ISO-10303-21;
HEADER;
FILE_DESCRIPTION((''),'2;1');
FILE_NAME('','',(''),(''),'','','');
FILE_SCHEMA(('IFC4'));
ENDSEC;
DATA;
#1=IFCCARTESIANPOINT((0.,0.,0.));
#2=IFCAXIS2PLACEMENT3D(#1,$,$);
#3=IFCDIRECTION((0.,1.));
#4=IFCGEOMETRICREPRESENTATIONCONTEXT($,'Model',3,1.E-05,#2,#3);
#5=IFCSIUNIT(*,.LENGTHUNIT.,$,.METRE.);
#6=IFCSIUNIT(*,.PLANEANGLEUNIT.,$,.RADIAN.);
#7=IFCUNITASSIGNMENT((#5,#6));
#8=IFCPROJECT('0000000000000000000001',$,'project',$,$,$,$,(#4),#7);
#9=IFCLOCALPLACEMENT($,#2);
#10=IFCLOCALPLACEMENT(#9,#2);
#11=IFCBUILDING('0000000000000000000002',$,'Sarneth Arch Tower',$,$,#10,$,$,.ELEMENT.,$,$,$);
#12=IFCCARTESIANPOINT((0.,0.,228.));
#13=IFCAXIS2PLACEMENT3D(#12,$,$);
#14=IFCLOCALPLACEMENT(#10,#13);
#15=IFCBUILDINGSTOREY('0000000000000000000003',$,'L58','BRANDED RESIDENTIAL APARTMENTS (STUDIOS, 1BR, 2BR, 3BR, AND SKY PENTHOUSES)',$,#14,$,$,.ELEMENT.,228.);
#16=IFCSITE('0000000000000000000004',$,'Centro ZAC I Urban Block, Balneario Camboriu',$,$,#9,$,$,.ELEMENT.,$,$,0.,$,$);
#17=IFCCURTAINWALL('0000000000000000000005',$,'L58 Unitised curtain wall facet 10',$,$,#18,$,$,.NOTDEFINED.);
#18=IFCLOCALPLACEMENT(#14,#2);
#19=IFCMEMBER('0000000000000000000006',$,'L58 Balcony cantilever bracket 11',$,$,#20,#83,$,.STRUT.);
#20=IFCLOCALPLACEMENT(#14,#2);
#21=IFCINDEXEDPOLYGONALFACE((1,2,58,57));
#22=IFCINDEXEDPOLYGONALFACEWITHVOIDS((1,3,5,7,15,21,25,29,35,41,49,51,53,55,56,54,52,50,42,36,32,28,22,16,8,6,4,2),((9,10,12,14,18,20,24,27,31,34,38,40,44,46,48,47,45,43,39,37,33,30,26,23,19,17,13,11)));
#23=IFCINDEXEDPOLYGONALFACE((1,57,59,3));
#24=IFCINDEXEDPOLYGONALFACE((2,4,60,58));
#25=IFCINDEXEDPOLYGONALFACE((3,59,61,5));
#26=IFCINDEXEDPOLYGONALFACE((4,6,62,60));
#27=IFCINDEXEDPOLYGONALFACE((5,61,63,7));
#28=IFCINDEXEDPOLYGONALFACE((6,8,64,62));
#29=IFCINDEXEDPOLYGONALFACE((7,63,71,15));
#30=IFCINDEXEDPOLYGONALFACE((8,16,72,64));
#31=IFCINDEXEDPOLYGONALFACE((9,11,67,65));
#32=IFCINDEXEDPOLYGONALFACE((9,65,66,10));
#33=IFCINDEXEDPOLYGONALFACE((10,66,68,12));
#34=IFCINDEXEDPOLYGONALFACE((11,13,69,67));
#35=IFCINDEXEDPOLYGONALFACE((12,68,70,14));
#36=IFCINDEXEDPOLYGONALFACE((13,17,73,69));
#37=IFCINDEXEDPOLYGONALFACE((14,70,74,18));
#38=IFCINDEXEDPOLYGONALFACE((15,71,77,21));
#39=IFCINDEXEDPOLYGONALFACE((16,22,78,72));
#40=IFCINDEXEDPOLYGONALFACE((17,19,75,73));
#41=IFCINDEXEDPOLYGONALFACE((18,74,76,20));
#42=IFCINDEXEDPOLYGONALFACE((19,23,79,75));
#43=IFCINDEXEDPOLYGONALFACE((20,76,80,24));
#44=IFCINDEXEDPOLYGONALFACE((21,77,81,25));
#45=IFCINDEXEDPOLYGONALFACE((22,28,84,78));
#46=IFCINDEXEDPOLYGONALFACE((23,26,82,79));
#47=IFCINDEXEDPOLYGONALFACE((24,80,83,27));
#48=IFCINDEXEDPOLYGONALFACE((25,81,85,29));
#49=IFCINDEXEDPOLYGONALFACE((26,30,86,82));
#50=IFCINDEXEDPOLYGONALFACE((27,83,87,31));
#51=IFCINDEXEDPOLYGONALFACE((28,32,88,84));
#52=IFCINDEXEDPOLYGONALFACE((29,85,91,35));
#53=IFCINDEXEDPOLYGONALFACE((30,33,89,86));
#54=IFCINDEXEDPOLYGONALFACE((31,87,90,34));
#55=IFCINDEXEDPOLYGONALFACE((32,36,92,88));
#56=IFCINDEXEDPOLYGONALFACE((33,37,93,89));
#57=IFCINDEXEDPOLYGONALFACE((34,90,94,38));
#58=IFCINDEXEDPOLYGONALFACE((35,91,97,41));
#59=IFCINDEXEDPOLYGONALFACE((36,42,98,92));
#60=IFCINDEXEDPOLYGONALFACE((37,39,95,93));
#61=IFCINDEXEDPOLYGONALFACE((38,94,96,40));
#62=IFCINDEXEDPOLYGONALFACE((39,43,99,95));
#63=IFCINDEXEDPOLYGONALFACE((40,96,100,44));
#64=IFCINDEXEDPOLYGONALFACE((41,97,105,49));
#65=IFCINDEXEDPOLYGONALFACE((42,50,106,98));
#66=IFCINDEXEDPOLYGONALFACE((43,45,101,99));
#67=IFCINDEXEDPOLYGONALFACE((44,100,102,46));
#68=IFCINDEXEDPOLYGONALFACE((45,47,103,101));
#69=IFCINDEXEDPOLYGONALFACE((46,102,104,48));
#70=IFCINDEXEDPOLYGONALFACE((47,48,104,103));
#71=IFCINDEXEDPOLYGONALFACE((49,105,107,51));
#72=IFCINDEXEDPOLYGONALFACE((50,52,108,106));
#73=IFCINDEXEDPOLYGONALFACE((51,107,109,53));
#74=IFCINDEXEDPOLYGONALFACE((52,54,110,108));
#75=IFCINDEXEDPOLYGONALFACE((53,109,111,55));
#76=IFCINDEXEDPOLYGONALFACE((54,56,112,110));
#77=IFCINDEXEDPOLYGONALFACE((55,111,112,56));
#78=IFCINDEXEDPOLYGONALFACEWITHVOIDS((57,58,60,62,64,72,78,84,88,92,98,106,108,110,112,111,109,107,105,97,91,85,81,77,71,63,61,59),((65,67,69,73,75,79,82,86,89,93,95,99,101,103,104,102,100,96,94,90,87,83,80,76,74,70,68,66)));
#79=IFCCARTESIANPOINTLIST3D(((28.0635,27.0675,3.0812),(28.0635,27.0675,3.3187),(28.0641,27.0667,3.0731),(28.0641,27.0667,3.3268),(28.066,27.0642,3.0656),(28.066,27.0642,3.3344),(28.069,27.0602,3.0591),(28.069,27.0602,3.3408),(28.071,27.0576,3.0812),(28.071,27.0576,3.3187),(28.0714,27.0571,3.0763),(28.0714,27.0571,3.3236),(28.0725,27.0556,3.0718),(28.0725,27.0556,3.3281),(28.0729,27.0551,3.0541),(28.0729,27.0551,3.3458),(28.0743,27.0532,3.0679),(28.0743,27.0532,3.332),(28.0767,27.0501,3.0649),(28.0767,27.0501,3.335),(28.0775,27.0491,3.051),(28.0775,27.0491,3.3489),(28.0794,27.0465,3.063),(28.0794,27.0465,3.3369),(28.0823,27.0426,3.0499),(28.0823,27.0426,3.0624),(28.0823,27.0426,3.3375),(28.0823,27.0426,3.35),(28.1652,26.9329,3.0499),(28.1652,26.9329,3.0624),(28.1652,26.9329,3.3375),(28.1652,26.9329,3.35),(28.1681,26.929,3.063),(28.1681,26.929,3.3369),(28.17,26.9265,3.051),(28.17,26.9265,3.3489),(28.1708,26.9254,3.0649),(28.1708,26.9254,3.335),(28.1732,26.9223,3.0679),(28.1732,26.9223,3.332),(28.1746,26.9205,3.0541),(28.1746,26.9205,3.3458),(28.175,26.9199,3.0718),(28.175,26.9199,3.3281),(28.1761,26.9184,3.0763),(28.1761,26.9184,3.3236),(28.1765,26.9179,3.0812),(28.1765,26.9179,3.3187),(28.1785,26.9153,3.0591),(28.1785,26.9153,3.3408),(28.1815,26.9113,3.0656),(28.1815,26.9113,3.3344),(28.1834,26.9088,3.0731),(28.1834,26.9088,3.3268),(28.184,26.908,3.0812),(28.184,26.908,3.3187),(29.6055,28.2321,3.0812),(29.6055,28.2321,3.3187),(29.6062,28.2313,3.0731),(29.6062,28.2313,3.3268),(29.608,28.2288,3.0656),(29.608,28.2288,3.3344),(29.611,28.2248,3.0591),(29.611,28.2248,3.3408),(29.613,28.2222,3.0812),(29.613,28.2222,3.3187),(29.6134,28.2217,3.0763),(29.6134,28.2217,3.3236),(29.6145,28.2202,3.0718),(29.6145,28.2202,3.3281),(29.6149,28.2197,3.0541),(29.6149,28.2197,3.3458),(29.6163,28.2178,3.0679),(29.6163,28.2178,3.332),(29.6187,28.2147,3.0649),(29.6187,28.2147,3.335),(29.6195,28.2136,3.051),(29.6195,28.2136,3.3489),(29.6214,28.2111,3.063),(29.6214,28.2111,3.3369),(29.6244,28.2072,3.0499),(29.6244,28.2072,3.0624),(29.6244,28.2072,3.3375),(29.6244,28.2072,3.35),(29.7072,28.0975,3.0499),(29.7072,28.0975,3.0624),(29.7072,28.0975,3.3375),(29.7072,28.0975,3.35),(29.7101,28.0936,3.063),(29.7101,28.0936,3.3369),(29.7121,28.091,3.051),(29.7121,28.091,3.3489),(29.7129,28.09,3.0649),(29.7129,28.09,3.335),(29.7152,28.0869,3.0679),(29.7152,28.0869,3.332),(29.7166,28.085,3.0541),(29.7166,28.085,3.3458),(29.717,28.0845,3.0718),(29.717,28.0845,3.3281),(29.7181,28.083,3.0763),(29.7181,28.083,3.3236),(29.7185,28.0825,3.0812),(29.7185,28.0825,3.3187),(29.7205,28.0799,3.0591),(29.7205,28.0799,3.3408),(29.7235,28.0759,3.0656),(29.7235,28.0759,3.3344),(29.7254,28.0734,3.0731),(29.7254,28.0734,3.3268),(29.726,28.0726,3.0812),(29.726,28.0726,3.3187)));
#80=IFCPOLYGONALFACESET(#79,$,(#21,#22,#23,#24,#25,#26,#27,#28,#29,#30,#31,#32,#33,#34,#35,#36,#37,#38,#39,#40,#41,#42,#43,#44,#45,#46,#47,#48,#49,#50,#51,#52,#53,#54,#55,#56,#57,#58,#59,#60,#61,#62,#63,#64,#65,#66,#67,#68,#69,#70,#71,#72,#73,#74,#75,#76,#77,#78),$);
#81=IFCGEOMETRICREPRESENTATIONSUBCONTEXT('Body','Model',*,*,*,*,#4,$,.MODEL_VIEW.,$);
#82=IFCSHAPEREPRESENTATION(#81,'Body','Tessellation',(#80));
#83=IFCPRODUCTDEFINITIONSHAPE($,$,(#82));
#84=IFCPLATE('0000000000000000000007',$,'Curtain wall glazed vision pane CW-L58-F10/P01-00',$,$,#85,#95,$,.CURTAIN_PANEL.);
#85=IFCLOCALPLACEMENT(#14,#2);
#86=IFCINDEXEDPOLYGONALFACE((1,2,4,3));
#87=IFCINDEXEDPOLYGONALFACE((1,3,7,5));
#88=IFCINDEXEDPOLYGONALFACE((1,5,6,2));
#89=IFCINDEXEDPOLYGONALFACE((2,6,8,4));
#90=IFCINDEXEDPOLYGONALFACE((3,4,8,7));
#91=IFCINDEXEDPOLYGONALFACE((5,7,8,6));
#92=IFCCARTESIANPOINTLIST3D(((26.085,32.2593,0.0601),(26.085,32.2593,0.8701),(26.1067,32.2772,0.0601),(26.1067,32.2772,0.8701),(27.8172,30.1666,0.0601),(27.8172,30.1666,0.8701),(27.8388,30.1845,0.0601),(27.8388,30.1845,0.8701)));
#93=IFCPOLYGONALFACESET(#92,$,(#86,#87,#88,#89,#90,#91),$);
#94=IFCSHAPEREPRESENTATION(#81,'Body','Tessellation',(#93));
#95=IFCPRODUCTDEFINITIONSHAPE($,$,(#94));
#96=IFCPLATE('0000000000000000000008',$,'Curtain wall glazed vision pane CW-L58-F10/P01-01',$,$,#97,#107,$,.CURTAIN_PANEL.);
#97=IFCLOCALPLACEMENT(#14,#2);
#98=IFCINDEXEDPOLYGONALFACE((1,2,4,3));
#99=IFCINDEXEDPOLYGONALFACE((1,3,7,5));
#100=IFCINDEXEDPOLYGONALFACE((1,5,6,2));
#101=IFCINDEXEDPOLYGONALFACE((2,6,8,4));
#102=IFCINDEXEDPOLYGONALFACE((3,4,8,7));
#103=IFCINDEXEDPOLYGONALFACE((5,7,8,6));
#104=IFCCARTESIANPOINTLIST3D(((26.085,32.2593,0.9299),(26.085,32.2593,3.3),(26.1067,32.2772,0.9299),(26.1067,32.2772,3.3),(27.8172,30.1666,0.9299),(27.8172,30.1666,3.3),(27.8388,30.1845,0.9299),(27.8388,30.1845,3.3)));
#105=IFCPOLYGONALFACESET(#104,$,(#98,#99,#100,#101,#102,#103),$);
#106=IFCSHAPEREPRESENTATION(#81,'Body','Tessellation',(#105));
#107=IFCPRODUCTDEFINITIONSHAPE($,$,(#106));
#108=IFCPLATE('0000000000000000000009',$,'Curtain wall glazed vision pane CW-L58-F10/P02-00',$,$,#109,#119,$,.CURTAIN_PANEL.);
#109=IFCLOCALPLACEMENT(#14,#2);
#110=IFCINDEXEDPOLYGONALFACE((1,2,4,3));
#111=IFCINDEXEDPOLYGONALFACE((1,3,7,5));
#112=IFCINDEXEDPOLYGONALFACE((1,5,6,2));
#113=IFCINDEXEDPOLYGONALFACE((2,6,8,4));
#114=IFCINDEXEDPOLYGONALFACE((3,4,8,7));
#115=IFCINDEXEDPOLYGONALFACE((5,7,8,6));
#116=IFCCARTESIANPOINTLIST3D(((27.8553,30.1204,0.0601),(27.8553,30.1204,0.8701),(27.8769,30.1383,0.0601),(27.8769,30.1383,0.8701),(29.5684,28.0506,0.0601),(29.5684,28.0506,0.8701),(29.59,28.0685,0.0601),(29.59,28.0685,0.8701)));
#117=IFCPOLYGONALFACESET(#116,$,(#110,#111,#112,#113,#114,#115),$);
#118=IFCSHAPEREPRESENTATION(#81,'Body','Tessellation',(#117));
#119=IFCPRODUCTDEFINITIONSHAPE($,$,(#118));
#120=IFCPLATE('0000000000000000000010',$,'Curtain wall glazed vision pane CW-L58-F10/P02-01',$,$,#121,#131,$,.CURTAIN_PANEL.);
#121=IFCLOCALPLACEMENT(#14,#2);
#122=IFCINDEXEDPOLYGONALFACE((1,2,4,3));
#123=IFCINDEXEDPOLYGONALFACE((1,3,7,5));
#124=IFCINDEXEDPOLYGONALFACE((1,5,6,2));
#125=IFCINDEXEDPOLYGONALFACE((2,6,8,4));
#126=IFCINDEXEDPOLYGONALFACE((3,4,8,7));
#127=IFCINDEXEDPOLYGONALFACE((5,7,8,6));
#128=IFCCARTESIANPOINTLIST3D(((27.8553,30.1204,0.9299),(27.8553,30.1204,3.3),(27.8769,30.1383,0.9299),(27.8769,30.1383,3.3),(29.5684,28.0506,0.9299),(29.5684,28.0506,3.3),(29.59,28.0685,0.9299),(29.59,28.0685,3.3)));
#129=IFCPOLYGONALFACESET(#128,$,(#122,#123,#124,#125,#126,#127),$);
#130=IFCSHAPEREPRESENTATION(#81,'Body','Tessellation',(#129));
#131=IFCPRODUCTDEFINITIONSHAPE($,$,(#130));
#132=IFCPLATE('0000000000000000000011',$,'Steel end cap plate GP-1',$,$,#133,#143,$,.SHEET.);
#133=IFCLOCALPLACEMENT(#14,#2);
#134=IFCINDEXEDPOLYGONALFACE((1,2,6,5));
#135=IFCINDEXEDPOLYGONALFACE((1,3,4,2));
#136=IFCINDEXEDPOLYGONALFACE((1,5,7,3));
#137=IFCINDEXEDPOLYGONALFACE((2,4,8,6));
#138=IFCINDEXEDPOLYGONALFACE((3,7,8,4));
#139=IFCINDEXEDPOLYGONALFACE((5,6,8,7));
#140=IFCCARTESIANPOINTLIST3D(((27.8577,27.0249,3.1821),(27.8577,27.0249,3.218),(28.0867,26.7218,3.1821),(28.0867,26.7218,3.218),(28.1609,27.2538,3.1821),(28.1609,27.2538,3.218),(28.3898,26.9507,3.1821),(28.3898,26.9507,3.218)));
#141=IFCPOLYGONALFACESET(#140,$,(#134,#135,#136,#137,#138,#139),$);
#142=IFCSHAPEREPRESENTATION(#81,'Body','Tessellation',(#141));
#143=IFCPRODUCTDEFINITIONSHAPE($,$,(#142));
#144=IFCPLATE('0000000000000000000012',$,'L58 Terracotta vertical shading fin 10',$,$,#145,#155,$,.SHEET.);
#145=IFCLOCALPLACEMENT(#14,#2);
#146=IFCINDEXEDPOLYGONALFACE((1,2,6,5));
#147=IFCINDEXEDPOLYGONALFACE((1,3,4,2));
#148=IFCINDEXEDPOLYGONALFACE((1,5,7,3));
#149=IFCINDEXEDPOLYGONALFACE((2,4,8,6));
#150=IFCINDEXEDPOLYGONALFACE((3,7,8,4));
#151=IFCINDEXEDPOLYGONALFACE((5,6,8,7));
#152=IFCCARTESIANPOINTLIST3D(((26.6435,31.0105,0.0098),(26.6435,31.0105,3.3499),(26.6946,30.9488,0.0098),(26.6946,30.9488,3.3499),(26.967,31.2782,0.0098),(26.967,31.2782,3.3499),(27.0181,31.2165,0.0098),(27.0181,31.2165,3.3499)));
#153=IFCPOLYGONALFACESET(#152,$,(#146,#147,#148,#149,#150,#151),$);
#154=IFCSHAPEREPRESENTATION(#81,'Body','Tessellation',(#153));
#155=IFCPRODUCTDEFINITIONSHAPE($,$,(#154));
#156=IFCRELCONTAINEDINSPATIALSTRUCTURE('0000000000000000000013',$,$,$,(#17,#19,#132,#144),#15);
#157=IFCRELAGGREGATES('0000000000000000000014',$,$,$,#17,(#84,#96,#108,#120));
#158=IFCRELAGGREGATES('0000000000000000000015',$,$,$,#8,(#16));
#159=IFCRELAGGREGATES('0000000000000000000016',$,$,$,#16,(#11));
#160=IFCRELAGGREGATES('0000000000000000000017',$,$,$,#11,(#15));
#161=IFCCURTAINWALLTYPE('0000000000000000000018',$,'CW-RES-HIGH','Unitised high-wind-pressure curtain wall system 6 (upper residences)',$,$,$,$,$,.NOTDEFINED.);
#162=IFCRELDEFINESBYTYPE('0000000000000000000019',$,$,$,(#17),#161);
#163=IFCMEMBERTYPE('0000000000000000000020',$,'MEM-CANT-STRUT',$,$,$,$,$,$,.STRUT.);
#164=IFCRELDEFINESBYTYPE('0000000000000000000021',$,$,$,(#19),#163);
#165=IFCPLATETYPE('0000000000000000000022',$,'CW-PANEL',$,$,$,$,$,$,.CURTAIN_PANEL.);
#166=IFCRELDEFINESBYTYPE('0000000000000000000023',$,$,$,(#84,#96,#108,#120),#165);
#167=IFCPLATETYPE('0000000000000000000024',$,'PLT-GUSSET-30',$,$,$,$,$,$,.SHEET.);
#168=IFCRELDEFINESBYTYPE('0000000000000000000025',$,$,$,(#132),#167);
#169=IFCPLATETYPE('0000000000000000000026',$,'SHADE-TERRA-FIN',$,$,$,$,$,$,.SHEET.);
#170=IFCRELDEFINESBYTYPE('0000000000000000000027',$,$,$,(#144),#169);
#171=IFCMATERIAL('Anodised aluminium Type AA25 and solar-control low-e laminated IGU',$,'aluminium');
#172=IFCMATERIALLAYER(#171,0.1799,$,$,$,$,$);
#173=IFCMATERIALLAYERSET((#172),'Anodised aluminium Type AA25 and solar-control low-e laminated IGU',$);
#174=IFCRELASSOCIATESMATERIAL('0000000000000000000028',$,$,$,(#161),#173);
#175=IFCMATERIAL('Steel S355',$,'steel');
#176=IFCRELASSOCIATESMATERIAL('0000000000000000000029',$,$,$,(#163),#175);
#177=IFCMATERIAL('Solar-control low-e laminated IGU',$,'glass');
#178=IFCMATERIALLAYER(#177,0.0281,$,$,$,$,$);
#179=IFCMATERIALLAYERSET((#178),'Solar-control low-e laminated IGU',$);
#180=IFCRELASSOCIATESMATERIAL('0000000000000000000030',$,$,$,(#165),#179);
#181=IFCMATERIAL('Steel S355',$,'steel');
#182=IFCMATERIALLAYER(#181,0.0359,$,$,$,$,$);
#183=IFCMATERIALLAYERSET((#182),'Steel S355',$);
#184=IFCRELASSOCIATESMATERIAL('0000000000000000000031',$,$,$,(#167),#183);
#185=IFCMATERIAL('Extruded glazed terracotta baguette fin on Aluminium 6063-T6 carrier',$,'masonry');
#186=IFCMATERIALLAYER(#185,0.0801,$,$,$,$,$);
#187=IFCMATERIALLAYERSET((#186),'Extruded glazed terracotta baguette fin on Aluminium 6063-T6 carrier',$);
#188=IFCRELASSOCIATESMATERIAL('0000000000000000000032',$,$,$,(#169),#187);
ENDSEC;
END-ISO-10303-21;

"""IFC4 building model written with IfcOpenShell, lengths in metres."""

from ifc_helpers import new_model, si_unit, direction, frame, origin, origin_2d, place, context, subcontext, project, spatial, rectangle, hollow_rectangle, extrude, material, layer, layer_set, material_profile, profile_set, type_object, element, aggregate, save


model = new_model("IFC4")

# Units and contexts
model_context = context("Model", 3, precision=1e-05, world=origin(), true_north=direction((0.0, 1.0)))
body_context = subcontext(model_context, "Body", "Model", "MODEL_VIEW")
ifc_project = project(units=[si_unit("LENGTHUNIT", "METRE"), si_unit("PLANEANGLEUNIT", "RADIAN")], contexts=[model_context])

# Site, building, storey
site_placement = place(None, origin())
site = spatial("IfcSite", under=ifc_project, at=site_placement, Name="Centro ZAC I Urban Block, Balneario Camboriu", CompositionType="ELEMENT", RefElevation=0.0)
building_placement = place(site_placement, origin())
building = spatial("IfcBuilding", under=site, at=building_placement, Name="Sarneth Arch Tower", CompositionType="ELEMENT")
storey_placement = place(building_placement, frame((0.0, 0.0, 228.0)))
storey = spatial("IfcBuildingStorey", under=building, at=storey_placement, Name="L58", Description="BRANDED RESIDENTIAL APARTMENTS (STUDIOS, 1BR, 2BR, 3BR, AND SKY PENTHOUSES)", CompositionType="ELEMENT", Elevation=228.0)

# Curtain wall
ifc_material_1 = material(Name="Anodised aluminium Type AA25 and solar-control low-e laminated IGU", Category="aluminium")
ifc_layer_1 = layer(ifc_material_1, 0.1799)
ifc_layer_set_1 = layer_set([ifc_layer_1], Name="Anodised aluminium Type AA25 and solar-control low-e laminated IGU")
curtain_wall_type = type_object("IfcCurtainWallType", Name="CW-RES-HIGH", Description="Unitised high-wind-pressure curtain wall system 6 (upper residences)", PredefinedType="NOTDEFINED", material=ifc_layer_set_1)
curtain_wall_placement = place(storey_placement, origin())
curtain_wall = element("IfcCurtainWall", 1, at=curtain_wall_placement, inside=storey, type_object=curtain_wall_type, Name="L58 Unitised curtain wall facet 10", PredefinedType="NOTDEFINED")

# Member
ifc_material_2 = material(Name="Steel S355", Category="steel")
ifc_material_profile_1 = material_profile(ifc_material_2, hollow_rectangle(XDim=0.2, YDim=0.3, WallThickness=0.0125, InnerFilletRadius=0.0188, OuterFilletRadius=0.0312, at=origin_2d()), Name="RHS300x200x12.5")
ifc_profile_set_1 = profile_set([ifc_material_profile_1], Name="Steel S355")
member_type_1 = type_object("IfcMemberType", Name="MEM-CANT-STRUT", PredefinedType="STRUT", material=ifc_profile_set_1)
member_1_placement = place(storey_placement, frame((29.6658, 28.1523, 3.2), z_axis=(-0.797994, -0.602665, 0.0), x_axis=(0.602665, -0.797994, 0.0)))
element("IfcMember", 2, at=member_1_placement, inside=storey, type_object=member_type_1, Name="L58 Balcony cantilever bracket 11", PredefinedType="STRUT", context=body_context, shape_type="SweptSolid", body=[
    extrude(hollow_rectangle(XDim=0.2, YDim=0.3, WallThickness=0.0125, InnerFilletRadius=0.0188, OuterFilletRadius=0.0312, at=origin_2d()), origin(), (0.0, 0.0, 1.0), 1.9324),
])

# Plates
ifc_material_3 = material(Name="Solar-control low-e laminated IGU", Category="glass")
ifc_layer_2 = layer(ifc_material_3, 0.0281)
ifc_layer_set_2 = layer_set([ifc_layer_2], Name="Solar-control low-e laminated IGU")
plate_type_1 = type_object("IfcPlateType", Name="CW-PANEL", PredefinedType="CURTAIN_PANEL", material=ifc_layer_set_2)
plate_1_placement = place(storey_placement, frame((26.9619, 31.2219, 0.0601), z_axis=(0.0, 0.0, 1.0), x_axis=(0.63761, -0.770359, 0.0)))
plate_1 = element("IfcPlate", 3, at=plate_1_placement, type_object=plate_type_1, Name="Curtain wall glazed vision pane CW-L58-F10/P01-00", PredefinedType="CURTAIN_PANEL", context=body_context, shape_type="SweptSolid", body=[
    extrude(rectangle(XDim=2.7166, YDim=0.0281, at=origin_2d()), origin(), (0.0, 0.0, 1.0), 0.8101),
])
plate_2_placement = place(storey_placement, frame((26.9619, 31.2219, 0.9299), z_axis=(0.0, 0.0, 1.0), x_axis=(0.63761, -0.770359, 0.0)))
plate_2 = element("IfcPlate", 4, at=plate_2_placement, type_object=plate_type_1, Name="Curtain wall glazed vision pane CW-L58-F10/P01-01", PredefinedType="CURTAIN_PANEL", context=body_context, shape_type="SweptSolid", body=[
    extrude(rectangle(XDim=2.7166, YDim=0.0281, at=origin_2d()), origin(), (0.0, 0.0, 1.0), 2.3701),
])
plate_3_placement = place(storey_placement, frame((28.7227, 29.0945, 0.0601), z_axis=(0.0, 0.0, 1.0), x_axis=(0.63761, -0.770359, 0.0)))
plate_3 = element("IfcPlate", 5, at=plate_3_placement, type_object=plate_type_1, Name="Curtain wall glazed vision pane CW-L58-F10/P02-00", PredefinedType="CURTAIN_PANEL", context=body_context, shape_type="SweptSolid", body=[
    extrude(rectangle(XDim=2.6868, YDim=0.0281, at=origin_2d()), origin(), (0.0, 0.0, 1.0), 0.8101),
])
plate_4_placement = place(storey_placement, frame((28.7227, 29.0945, 0.9299), z_axis=(0.0, 0.0, 1.0), x_axis=(0.63761, -0.770359, 0.0)))
plate_4 = element("IfcPlate", 6, at=plate_4_placement, type_object=plate_type_1, Name="Curtain wall glazed vision pane CW-L58-F10/P02-01", PredefinedType="CURTAIN_PANEL", context=body_context, shape_type="SweptSolid", body=[
    extrude(rectangle(XDim=2.6868, YDim=0.0281, at=origin_2d()), origin(), (0.0, 0.0, 1.0), 2.3701),
])
aggregate(curtain_wall, [plate_1, plate_2, plate_3, plate_4])

# Plates
ifc_material_4 = material(Name="Steel S355", Category="steel")
ifc_layer_3 = layer(ifc_material_4, 0.0359)
ifc_layer_set_3 = layer_set([ifc_layer_3], Name="Steel S355")
plate_type_2 = type_object("IfcPlateType", Name="PLT-GUSSET-30", PredefinedType="SHEET", material=ifc_layer_set_3)
plate_5_placement = place(storey_placement, frame((28.1238, 26.9878, 3.1821), z_axis=(0.0, 0.0, 1.0), x_axis=(-0.798005, -0.602651, 0.0)))
element("IfcPlate", 7, at=plate_5_placement, inside=storey, type_object=plate_type_2, Name="Steel end cap plate GP-1", PredefinedType="SHEET", context=body_context, shape_type="SweptSolid", body=[
    extrude(rectangle(XDim=0.3799, YDim=0.3799, at=origin_2d()), origin(), (0.0, 0.0, 1.0), 0.0359),
])
ifc_material_5 = material(Name="Extruded glazed terracotta baguette fin on Aluminium 6063-T6 carrier", Category="masonry")
ifc_layer_4 = layer(ifc_material_5, 0.0801)
ifc_layer_set_4 = layer_set([ifc_layer_4], Name="Extruded glazed terracotta baguette fin on Aluminium 6063-T6 carrier")
plate_type_3 = type_object("IfcPlateType", Name="SHADE-TERRA-FIN", PredefinedType="SHEET", material=ifc_layer_set_4)
plate_6_placement = place(storey_placement, frame((26.8308, 31.1135, 0.0098), z_axis=(0.0, 0.0, 1.0), x_axis=(-0.770402, -0.637558, 0.0)))
element("IfcPlate", 8, at=plate_6_placement, inside=storey, type_object=plate_type_3, Name="L58 Terracotta vertical shading fin 10", PredefinedType="SHEET", context=body_context, shape_type="SweptSolid", body=[
    extrude(rectangle(XDim=0.4199, YDim=0.0801, at=origin_2d()), origin(), (0.0, 0.0, 1.0), 3.3401),
])

save(model, "model.ifc")
